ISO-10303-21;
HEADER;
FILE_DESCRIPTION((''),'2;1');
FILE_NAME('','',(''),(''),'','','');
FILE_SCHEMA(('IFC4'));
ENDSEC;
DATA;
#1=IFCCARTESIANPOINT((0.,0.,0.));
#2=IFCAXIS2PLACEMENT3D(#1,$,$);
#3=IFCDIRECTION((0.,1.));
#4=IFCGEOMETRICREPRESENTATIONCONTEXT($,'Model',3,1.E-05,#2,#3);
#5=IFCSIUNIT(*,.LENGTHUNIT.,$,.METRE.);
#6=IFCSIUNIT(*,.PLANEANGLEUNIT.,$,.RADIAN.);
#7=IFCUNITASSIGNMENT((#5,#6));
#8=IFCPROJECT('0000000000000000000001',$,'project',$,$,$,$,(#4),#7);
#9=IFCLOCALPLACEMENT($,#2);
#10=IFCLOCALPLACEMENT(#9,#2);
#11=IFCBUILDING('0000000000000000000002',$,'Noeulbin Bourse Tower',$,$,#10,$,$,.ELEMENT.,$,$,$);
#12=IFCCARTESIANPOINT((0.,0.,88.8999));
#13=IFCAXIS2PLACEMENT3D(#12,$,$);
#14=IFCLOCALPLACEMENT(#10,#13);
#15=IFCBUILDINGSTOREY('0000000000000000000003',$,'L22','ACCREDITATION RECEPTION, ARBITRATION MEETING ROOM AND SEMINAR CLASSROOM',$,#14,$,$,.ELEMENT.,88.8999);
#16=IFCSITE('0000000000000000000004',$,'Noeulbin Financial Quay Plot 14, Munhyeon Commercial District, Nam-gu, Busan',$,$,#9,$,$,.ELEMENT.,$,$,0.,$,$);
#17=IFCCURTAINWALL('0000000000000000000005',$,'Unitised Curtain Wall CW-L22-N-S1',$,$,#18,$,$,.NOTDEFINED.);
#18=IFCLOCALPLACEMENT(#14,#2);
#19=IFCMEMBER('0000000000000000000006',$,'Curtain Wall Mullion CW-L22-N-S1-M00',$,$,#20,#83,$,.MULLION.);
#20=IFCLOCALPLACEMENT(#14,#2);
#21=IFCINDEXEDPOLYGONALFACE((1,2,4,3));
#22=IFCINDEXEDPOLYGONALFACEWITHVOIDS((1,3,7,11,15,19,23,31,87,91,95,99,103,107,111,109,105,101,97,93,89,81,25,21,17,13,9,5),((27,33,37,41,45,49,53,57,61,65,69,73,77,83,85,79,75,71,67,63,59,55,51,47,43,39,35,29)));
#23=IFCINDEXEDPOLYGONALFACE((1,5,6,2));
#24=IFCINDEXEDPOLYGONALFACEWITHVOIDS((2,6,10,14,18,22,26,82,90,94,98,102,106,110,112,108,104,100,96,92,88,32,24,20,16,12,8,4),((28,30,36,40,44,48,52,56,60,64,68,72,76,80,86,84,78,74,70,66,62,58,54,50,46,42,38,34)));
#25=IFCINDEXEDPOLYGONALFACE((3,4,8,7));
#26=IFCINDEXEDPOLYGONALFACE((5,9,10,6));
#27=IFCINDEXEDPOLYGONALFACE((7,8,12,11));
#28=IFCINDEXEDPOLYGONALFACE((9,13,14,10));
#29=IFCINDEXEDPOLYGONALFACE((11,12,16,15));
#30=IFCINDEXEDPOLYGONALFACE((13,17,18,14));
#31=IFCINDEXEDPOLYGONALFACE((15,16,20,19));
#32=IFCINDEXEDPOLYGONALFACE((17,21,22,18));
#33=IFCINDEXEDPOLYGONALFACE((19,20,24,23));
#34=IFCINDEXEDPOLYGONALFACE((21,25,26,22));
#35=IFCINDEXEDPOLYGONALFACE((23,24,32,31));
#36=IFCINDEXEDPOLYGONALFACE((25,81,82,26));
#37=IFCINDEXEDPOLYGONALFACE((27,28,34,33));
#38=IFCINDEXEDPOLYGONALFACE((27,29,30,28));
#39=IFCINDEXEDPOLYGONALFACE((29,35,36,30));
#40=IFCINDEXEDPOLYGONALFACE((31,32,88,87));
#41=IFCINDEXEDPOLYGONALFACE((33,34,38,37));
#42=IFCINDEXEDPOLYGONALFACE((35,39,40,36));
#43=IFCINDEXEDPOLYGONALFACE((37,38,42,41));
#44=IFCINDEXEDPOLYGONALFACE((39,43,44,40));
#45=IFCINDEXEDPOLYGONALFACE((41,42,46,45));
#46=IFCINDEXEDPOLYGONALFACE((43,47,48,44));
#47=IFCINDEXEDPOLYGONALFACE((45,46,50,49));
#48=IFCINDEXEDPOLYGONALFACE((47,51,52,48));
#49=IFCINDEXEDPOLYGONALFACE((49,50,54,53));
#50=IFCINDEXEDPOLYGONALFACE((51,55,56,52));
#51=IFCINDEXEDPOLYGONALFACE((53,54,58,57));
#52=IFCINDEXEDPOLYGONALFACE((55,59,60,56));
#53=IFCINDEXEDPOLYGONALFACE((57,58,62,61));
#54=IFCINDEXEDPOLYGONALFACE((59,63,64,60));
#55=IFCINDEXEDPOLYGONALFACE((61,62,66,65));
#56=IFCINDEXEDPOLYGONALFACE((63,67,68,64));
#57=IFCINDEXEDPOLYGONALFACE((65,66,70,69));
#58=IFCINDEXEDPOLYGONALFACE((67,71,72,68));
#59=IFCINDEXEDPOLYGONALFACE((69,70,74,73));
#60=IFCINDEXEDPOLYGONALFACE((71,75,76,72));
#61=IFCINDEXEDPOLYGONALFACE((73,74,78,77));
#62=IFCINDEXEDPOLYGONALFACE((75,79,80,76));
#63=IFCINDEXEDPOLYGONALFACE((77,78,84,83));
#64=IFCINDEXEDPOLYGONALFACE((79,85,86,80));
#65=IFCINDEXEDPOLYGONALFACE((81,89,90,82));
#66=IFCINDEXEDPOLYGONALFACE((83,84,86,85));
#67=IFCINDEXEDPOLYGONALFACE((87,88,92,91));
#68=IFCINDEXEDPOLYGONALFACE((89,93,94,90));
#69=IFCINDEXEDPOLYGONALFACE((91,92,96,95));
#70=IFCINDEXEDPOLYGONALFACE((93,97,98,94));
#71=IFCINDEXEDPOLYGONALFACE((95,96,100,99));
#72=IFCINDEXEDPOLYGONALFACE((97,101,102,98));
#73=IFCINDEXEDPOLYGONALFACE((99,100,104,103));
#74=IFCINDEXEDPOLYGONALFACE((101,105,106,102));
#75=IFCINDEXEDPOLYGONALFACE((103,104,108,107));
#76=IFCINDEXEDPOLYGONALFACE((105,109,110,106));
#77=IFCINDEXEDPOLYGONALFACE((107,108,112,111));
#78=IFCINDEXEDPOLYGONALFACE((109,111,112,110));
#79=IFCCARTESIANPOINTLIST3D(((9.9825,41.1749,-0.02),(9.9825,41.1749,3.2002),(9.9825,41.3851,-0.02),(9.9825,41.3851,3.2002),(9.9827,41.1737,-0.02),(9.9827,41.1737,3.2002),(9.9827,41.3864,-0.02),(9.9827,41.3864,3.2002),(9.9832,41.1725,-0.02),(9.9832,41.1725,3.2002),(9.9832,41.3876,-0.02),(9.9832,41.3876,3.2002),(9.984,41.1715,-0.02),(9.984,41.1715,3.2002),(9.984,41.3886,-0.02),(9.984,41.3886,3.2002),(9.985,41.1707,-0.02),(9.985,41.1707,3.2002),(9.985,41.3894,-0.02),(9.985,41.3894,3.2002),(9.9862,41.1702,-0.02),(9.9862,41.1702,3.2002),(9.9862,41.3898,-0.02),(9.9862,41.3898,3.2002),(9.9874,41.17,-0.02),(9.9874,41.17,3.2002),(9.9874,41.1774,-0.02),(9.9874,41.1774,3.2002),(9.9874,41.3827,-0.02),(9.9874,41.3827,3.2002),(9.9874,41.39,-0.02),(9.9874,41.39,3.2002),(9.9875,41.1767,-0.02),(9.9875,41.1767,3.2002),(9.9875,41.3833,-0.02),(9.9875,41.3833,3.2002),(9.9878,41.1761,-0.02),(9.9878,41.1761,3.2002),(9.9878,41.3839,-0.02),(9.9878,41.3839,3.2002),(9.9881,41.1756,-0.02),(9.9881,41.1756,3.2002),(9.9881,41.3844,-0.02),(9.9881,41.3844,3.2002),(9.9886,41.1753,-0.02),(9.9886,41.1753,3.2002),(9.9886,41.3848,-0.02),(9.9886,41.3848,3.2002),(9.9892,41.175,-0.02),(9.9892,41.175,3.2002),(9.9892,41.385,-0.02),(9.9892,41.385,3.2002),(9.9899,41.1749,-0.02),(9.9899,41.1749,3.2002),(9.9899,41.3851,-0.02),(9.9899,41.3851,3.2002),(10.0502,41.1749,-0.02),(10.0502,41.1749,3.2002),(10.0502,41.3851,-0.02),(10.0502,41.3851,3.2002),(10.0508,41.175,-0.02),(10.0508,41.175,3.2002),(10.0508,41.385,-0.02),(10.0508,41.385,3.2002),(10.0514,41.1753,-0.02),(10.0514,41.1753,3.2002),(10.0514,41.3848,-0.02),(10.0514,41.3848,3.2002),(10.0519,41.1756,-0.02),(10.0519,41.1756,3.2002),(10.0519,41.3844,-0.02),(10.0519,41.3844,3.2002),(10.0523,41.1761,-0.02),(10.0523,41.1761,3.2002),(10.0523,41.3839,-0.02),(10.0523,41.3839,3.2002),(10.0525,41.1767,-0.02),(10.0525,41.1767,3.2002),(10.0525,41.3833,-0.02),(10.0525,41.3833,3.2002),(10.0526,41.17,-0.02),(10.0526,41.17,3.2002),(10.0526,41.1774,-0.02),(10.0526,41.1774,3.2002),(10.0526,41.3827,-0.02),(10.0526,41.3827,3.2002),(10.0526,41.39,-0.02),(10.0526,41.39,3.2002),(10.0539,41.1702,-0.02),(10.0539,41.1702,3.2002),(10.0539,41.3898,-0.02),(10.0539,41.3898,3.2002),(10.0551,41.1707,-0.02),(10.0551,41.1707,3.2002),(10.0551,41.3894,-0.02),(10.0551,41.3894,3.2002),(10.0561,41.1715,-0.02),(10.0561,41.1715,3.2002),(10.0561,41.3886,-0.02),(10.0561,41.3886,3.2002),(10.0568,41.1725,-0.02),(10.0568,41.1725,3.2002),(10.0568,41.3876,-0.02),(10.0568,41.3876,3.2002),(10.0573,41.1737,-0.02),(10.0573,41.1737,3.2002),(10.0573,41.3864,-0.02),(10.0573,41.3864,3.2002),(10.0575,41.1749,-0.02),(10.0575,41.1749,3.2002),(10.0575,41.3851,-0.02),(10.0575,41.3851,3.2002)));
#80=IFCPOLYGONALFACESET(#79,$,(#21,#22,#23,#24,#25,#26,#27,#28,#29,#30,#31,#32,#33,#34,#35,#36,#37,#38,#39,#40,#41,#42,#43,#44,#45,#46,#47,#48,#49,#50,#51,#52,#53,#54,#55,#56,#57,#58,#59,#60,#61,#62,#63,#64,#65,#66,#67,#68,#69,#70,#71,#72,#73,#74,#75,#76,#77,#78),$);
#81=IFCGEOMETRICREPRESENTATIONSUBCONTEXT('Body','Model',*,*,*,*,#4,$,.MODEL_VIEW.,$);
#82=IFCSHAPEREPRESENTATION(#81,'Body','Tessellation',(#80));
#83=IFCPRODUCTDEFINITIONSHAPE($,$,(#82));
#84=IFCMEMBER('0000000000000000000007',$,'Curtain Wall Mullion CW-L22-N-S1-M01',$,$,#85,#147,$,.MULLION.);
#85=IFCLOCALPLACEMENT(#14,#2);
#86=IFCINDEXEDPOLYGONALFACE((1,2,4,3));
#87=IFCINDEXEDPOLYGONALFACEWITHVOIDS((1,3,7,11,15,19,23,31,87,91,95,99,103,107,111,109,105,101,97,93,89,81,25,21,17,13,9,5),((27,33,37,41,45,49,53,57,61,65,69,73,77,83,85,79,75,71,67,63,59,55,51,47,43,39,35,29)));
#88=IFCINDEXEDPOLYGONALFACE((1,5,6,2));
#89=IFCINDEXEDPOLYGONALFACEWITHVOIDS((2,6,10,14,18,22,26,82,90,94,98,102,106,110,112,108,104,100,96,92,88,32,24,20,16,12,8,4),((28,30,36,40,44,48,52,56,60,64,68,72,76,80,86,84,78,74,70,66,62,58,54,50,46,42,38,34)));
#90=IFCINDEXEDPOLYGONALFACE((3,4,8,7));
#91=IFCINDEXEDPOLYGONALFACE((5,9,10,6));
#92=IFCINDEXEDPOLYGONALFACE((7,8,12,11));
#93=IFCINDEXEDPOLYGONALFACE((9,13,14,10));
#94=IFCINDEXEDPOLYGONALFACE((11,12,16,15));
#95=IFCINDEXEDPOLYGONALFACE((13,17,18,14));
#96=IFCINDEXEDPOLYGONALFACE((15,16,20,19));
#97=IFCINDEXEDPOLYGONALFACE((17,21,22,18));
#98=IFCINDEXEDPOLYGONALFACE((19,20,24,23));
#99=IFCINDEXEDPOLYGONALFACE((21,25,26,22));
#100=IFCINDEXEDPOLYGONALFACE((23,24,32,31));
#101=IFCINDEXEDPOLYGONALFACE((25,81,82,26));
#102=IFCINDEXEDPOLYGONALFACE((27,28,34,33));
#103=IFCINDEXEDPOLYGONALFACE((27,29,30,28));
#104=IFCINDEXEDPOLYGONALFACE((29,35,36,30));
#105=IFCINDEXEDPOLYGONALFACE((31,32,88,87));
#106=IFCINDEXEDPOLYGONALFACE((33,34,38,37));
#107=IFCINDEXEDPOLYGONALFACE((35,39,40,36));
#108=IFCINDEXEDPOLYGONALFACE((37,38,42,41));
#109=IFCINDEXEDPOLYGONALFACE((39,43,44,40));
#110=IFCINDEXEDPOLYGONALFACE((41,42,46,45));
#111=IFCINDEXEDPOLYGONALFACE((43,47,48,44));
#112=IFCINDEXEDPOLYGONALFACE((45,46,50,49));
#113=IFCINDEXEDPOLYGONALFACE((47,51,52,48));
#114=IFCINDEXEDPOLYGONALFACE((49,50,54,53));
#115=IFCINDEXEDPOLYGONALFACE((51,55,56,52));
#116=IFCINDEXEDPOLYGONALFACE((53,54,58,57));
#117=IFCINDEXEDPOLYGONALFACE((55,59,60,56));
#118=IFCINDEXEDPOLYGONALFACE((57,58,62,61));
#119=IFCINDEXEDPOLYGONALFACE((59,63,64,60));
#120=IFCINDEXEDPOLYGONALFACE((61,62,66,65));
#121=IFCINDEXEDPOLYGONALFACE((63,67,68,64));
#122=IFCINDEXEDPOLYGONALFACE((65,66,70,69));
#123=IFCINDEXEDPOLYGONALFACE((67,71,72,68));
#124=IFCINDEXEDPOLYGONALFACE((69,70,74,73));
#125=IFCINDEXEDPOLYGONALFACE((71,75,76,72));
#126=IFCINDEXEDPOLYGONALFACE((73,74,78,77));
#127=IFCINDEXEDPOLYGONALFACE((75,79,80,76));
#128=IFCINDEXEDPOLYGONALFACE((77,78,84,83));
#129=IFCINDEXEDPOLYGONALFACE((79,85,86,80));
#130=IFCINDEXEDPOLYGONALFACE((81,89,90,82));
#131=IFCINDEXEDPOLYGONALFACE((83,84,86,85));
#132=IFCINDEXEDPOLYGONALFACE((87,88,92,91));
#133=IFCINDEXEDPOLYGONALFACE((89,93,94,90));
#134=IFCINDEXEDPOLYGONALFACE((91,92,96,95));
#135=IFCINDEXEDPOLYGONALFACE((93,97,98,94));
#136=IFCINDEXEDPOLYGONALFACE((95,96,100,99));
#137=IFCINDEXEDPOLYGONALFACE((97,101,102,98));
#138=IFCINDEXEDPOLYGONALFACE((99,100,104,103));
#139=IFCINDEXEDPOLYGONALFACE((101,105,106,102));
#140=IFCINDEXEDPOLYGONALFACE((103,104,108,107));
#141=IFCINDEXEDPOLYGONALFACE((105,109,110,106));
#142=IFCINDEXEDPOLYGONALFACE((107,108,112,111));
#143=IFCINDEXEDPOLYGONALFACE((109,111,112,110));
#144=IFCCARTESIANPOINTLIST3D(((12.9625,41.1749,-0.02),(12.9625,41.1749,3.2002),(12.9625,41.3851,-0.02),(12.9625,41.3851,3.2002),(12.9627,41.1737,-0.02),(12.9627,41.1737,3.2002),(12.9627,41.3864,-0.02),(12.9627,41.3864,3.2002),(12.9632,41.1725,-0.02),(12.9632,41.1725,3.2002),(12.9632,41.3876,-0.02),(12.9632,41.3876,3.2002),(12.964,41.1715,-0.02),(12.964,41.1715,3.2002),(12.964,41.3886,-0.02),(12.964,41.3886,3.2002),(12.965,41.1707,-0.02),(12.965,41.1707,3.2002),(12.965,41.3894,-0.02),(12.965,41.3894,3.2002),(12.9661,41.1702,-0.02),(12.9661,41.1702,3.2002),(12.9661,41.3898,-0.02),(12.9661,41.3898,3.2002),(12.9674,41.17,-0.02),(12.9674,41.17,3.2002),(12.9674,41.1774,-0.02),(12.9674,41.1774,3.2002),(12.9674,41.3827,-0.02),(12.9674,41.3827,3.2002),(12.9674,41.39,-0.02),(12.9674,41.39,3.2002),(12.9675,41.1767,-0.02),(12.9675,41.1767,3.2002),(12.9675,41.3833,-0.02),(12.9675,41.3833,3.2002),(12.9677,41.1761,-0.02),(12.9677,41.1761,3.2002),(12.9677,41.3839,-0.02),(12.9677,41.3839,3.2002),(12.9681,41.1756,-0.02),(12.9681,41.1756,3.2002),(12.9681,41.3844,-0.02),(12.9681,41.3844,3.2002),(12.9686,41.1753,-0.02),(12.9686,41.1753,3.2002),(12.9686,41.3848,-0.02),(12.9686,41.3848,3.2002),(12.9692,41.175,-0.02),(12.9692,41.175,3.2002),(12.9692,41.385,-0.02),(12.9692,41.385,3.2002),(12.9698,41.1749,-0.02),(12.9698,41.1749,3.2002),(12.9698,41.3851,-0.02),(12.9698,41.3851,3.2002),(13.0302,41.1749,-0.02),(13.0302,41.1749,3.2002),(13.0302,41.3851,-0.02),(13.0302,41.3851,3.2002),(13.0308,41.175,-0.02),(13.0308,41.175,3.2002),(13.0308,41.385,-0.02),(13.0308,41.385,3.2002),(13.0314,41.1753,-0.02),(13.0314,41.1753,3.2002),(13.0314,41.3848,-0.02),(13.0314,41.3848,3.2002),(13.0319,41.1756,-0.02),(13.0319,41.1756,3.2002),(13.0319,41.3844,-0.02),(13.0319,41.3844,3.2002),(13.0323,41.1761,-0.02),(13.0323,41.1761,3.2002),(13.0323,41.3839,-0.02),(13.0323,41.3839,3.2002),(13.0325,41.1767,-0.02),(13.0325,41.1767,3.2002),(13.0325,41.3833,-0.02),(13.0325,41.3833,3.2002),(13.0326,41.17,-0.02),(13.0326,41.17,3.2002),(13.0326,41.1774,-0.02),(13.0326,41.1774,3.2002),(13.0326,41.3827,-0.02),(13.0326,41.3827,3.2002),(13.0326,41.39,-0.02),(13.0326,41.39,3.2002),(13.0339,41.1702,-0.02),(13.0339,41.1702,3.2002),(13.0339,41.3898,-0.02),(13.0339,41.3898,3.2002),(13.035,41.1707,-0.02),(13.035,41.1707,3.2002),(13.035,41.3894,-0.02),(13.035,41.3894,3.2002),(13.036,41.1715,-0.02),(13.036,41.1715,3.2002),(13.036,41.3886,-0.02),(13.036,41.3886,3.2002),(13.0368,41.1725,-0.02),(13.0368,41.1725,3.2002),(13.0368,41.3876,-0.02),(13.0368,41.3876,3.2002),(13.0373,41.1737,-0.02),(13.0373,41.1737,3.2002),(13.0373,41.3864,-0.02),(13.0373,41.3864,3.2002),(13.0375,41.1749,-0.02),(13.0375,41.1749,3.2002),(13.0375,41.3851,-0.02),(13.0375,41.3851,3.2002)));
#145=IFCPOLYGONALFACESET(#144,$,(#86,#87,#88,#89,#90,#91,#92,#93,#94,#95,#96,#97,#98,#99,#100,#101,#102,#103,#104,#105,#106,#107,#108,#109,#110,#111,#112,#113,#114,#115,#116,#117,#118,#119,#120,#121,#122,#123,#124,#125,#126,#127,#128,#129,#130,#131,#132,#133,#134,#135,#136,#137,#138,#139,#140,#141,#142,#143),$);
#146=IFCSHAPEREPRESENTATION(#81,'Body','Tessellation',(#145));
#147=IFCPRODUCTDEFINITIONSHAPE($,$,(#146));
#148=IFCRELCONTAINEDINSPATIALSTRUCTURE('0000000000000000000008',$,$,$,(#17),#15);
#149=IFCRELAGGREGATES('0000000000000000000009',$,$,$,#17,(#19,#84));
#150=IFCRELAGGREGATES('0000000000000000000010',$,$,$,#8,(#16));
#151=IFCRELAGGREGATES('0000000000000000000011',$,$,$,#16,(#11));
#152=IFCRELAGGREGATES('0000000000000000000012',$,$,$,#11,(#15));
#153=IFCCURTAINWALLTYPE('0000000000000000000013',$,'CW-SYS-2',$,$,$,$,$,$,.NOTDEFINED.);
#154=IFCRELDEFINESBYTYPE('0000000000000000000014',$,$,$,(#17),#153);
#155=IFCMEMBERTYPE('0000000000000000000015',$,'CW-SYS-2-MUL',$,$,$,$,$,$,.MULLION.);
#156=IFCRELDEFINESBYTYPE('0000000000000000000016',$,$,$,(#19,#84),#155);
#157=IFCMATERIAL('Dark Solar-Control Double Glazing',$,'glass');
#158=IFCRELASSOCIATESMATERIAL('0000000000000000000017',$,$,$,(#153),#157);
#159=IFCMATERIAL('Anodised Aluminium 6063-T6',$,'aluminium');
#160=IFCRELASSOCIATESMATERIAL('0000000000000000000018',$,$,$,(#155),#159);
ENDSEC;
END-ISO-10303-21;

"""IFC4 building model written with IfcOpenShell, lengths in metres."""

from ifc_helpers import new_model, si_unit, direction, frame, origin, origin_2d, place, context, subcontext, project, spatial, hollow_rectangle, extrude, material, material_profile, profile_set, type_object, element, aggregate, save


model = new_model("IFC4")

# Units and contexts
model_context = context("Model", 3, precision=1e-05, world=origin(), true_north=direction((0.0, 1.0)))
body_context = subcontext(model_context, "Body", "Model", "MODEL_VIEW")
ifc_project = project(units=[si_unit("LENGTHUNIT", "METRE"), si_unit("PLANEANGLEUNIT", "RADIAN")], contexts=[model_context])

# Site, building, storey
site_placement = place(None, origin())
site = spatial("IfcSite", under=ifc_project, at=site_placement, Name="Noeulbin Financial Quay Plot 14, Munhyeon Commercial District, Nam-gu, Busan", CompositionType="ELEMENT", RefElevation=0.0)
building_placement = place(site_placement, origin())
building = spatial("IfcBuilding", under=site, at=building_placement, Name="Noeulbin Bourse Tower", CompositionType="ELEMENT")
storey_placement = place(building_placement, frame((0.0, 0.0, 88.8999)))
storey = spatial("IfcBuildingStorey", under=building, at=storey_placement, Name="L22", Description="ACCREDITATION RECEPTION, ARBITRATION MEETING ROOM AND SEMINAR CLASSROOM", CompositionType="ELEMENT", Elevation=88.8999)

# Curtain wall, members
ifc_material_1 = material(Name="Dark Solar-Control Double Glazing", Category="glass")
curtain_wall_type = type_object("IfcCurtainWallType", Name="CW-SYS-2", PredefinedType="NOTDEFINED", material=ifc_material_1)
curtain_wall_1_placement = place(storey_placement, origin())
curtain_wall_1 = element("IfcCurtainWall", 1, at=curtain_wall_1_placement, inside=storey, type_object=curtain_wall_type, Name="Unitised Curtain Wall CW-L22-N-S1", PredefinedType="NOTDEFINED")
ifc_material_2 = material(Name="Anodised Aluminium 6063-T6", Category="aluminium")
ifc_material_profile_1 = material_profile(ifc_material_2, hollow_rectangle(XDim=0.075, YDim=0.22, WallThickness=0.0049, InnerFilletRadius=0.0024, OuterFilletRadius=0.0049, at=origin_2d()), Name="ALU-MULL-75x220x5", Category="LoadBearing")
ifc_profile_set_1 = profile_set([ifc_material_profile_1], Name="Anodised Aluminium 6063-T6")
member_type_1 = type_object("IfcMemberType", Name="CW-SYS-2-MUL", PredefinedType="MULLION", material=ifc_profile_set_1)
member_1_placement = place(storey_placement, frame((10.02, 41.28, -0.02), z_axis=(0.0, 0.0, 1.0), x_axis=(1.0, 0.0, 0.0)))
member_1 = element("IfcMember", 2, at=member_1_placement, type_object=member_type_1, Name="Curtain Wall Mullion CW-L22-N-S1-M00", PredefinedType="MULLION", context=body_context, shape_type="SweptSolid", body=[
    extrude(hollow_rectangle(XDim=0.075, YDim=0.22, WallThickness=0.0049, InnerFilletRadius=0.0024, OuterFilletRadius=0.0049, at=origin_2d()), origin(), (0.0, 0.0, 1.0), 3.2202),
])
member_2_placement = place(storey_placement, frame((13.0, 41.28, -0.02), z_axis=(0.0, 0.0, 1.0), x_axis=(1.0, 0.0, 0.0)))
member_2 = element("IfcMember", 3, at=member_2_placement, type_object=member_type_1, Name="Curtain Wall Mullion CW-L22-N-S1-M01", PredefinedType="MULLION", context=body_context, shape_type="SweptSolid", body=[
    extrude(hollow_rectangle(XDim=0.075, YDim=0.22, WallThickness=0.0049, InnerFilletRadius=0.0024, OuterFilletRadius=0.0049, at=origin_2d()), origin(), (0.0, 0.0, 1.0), 3.2202),
])

aggregate(curtain_wall_1, [member_1, member_2])

save(model, "model.ifc")
